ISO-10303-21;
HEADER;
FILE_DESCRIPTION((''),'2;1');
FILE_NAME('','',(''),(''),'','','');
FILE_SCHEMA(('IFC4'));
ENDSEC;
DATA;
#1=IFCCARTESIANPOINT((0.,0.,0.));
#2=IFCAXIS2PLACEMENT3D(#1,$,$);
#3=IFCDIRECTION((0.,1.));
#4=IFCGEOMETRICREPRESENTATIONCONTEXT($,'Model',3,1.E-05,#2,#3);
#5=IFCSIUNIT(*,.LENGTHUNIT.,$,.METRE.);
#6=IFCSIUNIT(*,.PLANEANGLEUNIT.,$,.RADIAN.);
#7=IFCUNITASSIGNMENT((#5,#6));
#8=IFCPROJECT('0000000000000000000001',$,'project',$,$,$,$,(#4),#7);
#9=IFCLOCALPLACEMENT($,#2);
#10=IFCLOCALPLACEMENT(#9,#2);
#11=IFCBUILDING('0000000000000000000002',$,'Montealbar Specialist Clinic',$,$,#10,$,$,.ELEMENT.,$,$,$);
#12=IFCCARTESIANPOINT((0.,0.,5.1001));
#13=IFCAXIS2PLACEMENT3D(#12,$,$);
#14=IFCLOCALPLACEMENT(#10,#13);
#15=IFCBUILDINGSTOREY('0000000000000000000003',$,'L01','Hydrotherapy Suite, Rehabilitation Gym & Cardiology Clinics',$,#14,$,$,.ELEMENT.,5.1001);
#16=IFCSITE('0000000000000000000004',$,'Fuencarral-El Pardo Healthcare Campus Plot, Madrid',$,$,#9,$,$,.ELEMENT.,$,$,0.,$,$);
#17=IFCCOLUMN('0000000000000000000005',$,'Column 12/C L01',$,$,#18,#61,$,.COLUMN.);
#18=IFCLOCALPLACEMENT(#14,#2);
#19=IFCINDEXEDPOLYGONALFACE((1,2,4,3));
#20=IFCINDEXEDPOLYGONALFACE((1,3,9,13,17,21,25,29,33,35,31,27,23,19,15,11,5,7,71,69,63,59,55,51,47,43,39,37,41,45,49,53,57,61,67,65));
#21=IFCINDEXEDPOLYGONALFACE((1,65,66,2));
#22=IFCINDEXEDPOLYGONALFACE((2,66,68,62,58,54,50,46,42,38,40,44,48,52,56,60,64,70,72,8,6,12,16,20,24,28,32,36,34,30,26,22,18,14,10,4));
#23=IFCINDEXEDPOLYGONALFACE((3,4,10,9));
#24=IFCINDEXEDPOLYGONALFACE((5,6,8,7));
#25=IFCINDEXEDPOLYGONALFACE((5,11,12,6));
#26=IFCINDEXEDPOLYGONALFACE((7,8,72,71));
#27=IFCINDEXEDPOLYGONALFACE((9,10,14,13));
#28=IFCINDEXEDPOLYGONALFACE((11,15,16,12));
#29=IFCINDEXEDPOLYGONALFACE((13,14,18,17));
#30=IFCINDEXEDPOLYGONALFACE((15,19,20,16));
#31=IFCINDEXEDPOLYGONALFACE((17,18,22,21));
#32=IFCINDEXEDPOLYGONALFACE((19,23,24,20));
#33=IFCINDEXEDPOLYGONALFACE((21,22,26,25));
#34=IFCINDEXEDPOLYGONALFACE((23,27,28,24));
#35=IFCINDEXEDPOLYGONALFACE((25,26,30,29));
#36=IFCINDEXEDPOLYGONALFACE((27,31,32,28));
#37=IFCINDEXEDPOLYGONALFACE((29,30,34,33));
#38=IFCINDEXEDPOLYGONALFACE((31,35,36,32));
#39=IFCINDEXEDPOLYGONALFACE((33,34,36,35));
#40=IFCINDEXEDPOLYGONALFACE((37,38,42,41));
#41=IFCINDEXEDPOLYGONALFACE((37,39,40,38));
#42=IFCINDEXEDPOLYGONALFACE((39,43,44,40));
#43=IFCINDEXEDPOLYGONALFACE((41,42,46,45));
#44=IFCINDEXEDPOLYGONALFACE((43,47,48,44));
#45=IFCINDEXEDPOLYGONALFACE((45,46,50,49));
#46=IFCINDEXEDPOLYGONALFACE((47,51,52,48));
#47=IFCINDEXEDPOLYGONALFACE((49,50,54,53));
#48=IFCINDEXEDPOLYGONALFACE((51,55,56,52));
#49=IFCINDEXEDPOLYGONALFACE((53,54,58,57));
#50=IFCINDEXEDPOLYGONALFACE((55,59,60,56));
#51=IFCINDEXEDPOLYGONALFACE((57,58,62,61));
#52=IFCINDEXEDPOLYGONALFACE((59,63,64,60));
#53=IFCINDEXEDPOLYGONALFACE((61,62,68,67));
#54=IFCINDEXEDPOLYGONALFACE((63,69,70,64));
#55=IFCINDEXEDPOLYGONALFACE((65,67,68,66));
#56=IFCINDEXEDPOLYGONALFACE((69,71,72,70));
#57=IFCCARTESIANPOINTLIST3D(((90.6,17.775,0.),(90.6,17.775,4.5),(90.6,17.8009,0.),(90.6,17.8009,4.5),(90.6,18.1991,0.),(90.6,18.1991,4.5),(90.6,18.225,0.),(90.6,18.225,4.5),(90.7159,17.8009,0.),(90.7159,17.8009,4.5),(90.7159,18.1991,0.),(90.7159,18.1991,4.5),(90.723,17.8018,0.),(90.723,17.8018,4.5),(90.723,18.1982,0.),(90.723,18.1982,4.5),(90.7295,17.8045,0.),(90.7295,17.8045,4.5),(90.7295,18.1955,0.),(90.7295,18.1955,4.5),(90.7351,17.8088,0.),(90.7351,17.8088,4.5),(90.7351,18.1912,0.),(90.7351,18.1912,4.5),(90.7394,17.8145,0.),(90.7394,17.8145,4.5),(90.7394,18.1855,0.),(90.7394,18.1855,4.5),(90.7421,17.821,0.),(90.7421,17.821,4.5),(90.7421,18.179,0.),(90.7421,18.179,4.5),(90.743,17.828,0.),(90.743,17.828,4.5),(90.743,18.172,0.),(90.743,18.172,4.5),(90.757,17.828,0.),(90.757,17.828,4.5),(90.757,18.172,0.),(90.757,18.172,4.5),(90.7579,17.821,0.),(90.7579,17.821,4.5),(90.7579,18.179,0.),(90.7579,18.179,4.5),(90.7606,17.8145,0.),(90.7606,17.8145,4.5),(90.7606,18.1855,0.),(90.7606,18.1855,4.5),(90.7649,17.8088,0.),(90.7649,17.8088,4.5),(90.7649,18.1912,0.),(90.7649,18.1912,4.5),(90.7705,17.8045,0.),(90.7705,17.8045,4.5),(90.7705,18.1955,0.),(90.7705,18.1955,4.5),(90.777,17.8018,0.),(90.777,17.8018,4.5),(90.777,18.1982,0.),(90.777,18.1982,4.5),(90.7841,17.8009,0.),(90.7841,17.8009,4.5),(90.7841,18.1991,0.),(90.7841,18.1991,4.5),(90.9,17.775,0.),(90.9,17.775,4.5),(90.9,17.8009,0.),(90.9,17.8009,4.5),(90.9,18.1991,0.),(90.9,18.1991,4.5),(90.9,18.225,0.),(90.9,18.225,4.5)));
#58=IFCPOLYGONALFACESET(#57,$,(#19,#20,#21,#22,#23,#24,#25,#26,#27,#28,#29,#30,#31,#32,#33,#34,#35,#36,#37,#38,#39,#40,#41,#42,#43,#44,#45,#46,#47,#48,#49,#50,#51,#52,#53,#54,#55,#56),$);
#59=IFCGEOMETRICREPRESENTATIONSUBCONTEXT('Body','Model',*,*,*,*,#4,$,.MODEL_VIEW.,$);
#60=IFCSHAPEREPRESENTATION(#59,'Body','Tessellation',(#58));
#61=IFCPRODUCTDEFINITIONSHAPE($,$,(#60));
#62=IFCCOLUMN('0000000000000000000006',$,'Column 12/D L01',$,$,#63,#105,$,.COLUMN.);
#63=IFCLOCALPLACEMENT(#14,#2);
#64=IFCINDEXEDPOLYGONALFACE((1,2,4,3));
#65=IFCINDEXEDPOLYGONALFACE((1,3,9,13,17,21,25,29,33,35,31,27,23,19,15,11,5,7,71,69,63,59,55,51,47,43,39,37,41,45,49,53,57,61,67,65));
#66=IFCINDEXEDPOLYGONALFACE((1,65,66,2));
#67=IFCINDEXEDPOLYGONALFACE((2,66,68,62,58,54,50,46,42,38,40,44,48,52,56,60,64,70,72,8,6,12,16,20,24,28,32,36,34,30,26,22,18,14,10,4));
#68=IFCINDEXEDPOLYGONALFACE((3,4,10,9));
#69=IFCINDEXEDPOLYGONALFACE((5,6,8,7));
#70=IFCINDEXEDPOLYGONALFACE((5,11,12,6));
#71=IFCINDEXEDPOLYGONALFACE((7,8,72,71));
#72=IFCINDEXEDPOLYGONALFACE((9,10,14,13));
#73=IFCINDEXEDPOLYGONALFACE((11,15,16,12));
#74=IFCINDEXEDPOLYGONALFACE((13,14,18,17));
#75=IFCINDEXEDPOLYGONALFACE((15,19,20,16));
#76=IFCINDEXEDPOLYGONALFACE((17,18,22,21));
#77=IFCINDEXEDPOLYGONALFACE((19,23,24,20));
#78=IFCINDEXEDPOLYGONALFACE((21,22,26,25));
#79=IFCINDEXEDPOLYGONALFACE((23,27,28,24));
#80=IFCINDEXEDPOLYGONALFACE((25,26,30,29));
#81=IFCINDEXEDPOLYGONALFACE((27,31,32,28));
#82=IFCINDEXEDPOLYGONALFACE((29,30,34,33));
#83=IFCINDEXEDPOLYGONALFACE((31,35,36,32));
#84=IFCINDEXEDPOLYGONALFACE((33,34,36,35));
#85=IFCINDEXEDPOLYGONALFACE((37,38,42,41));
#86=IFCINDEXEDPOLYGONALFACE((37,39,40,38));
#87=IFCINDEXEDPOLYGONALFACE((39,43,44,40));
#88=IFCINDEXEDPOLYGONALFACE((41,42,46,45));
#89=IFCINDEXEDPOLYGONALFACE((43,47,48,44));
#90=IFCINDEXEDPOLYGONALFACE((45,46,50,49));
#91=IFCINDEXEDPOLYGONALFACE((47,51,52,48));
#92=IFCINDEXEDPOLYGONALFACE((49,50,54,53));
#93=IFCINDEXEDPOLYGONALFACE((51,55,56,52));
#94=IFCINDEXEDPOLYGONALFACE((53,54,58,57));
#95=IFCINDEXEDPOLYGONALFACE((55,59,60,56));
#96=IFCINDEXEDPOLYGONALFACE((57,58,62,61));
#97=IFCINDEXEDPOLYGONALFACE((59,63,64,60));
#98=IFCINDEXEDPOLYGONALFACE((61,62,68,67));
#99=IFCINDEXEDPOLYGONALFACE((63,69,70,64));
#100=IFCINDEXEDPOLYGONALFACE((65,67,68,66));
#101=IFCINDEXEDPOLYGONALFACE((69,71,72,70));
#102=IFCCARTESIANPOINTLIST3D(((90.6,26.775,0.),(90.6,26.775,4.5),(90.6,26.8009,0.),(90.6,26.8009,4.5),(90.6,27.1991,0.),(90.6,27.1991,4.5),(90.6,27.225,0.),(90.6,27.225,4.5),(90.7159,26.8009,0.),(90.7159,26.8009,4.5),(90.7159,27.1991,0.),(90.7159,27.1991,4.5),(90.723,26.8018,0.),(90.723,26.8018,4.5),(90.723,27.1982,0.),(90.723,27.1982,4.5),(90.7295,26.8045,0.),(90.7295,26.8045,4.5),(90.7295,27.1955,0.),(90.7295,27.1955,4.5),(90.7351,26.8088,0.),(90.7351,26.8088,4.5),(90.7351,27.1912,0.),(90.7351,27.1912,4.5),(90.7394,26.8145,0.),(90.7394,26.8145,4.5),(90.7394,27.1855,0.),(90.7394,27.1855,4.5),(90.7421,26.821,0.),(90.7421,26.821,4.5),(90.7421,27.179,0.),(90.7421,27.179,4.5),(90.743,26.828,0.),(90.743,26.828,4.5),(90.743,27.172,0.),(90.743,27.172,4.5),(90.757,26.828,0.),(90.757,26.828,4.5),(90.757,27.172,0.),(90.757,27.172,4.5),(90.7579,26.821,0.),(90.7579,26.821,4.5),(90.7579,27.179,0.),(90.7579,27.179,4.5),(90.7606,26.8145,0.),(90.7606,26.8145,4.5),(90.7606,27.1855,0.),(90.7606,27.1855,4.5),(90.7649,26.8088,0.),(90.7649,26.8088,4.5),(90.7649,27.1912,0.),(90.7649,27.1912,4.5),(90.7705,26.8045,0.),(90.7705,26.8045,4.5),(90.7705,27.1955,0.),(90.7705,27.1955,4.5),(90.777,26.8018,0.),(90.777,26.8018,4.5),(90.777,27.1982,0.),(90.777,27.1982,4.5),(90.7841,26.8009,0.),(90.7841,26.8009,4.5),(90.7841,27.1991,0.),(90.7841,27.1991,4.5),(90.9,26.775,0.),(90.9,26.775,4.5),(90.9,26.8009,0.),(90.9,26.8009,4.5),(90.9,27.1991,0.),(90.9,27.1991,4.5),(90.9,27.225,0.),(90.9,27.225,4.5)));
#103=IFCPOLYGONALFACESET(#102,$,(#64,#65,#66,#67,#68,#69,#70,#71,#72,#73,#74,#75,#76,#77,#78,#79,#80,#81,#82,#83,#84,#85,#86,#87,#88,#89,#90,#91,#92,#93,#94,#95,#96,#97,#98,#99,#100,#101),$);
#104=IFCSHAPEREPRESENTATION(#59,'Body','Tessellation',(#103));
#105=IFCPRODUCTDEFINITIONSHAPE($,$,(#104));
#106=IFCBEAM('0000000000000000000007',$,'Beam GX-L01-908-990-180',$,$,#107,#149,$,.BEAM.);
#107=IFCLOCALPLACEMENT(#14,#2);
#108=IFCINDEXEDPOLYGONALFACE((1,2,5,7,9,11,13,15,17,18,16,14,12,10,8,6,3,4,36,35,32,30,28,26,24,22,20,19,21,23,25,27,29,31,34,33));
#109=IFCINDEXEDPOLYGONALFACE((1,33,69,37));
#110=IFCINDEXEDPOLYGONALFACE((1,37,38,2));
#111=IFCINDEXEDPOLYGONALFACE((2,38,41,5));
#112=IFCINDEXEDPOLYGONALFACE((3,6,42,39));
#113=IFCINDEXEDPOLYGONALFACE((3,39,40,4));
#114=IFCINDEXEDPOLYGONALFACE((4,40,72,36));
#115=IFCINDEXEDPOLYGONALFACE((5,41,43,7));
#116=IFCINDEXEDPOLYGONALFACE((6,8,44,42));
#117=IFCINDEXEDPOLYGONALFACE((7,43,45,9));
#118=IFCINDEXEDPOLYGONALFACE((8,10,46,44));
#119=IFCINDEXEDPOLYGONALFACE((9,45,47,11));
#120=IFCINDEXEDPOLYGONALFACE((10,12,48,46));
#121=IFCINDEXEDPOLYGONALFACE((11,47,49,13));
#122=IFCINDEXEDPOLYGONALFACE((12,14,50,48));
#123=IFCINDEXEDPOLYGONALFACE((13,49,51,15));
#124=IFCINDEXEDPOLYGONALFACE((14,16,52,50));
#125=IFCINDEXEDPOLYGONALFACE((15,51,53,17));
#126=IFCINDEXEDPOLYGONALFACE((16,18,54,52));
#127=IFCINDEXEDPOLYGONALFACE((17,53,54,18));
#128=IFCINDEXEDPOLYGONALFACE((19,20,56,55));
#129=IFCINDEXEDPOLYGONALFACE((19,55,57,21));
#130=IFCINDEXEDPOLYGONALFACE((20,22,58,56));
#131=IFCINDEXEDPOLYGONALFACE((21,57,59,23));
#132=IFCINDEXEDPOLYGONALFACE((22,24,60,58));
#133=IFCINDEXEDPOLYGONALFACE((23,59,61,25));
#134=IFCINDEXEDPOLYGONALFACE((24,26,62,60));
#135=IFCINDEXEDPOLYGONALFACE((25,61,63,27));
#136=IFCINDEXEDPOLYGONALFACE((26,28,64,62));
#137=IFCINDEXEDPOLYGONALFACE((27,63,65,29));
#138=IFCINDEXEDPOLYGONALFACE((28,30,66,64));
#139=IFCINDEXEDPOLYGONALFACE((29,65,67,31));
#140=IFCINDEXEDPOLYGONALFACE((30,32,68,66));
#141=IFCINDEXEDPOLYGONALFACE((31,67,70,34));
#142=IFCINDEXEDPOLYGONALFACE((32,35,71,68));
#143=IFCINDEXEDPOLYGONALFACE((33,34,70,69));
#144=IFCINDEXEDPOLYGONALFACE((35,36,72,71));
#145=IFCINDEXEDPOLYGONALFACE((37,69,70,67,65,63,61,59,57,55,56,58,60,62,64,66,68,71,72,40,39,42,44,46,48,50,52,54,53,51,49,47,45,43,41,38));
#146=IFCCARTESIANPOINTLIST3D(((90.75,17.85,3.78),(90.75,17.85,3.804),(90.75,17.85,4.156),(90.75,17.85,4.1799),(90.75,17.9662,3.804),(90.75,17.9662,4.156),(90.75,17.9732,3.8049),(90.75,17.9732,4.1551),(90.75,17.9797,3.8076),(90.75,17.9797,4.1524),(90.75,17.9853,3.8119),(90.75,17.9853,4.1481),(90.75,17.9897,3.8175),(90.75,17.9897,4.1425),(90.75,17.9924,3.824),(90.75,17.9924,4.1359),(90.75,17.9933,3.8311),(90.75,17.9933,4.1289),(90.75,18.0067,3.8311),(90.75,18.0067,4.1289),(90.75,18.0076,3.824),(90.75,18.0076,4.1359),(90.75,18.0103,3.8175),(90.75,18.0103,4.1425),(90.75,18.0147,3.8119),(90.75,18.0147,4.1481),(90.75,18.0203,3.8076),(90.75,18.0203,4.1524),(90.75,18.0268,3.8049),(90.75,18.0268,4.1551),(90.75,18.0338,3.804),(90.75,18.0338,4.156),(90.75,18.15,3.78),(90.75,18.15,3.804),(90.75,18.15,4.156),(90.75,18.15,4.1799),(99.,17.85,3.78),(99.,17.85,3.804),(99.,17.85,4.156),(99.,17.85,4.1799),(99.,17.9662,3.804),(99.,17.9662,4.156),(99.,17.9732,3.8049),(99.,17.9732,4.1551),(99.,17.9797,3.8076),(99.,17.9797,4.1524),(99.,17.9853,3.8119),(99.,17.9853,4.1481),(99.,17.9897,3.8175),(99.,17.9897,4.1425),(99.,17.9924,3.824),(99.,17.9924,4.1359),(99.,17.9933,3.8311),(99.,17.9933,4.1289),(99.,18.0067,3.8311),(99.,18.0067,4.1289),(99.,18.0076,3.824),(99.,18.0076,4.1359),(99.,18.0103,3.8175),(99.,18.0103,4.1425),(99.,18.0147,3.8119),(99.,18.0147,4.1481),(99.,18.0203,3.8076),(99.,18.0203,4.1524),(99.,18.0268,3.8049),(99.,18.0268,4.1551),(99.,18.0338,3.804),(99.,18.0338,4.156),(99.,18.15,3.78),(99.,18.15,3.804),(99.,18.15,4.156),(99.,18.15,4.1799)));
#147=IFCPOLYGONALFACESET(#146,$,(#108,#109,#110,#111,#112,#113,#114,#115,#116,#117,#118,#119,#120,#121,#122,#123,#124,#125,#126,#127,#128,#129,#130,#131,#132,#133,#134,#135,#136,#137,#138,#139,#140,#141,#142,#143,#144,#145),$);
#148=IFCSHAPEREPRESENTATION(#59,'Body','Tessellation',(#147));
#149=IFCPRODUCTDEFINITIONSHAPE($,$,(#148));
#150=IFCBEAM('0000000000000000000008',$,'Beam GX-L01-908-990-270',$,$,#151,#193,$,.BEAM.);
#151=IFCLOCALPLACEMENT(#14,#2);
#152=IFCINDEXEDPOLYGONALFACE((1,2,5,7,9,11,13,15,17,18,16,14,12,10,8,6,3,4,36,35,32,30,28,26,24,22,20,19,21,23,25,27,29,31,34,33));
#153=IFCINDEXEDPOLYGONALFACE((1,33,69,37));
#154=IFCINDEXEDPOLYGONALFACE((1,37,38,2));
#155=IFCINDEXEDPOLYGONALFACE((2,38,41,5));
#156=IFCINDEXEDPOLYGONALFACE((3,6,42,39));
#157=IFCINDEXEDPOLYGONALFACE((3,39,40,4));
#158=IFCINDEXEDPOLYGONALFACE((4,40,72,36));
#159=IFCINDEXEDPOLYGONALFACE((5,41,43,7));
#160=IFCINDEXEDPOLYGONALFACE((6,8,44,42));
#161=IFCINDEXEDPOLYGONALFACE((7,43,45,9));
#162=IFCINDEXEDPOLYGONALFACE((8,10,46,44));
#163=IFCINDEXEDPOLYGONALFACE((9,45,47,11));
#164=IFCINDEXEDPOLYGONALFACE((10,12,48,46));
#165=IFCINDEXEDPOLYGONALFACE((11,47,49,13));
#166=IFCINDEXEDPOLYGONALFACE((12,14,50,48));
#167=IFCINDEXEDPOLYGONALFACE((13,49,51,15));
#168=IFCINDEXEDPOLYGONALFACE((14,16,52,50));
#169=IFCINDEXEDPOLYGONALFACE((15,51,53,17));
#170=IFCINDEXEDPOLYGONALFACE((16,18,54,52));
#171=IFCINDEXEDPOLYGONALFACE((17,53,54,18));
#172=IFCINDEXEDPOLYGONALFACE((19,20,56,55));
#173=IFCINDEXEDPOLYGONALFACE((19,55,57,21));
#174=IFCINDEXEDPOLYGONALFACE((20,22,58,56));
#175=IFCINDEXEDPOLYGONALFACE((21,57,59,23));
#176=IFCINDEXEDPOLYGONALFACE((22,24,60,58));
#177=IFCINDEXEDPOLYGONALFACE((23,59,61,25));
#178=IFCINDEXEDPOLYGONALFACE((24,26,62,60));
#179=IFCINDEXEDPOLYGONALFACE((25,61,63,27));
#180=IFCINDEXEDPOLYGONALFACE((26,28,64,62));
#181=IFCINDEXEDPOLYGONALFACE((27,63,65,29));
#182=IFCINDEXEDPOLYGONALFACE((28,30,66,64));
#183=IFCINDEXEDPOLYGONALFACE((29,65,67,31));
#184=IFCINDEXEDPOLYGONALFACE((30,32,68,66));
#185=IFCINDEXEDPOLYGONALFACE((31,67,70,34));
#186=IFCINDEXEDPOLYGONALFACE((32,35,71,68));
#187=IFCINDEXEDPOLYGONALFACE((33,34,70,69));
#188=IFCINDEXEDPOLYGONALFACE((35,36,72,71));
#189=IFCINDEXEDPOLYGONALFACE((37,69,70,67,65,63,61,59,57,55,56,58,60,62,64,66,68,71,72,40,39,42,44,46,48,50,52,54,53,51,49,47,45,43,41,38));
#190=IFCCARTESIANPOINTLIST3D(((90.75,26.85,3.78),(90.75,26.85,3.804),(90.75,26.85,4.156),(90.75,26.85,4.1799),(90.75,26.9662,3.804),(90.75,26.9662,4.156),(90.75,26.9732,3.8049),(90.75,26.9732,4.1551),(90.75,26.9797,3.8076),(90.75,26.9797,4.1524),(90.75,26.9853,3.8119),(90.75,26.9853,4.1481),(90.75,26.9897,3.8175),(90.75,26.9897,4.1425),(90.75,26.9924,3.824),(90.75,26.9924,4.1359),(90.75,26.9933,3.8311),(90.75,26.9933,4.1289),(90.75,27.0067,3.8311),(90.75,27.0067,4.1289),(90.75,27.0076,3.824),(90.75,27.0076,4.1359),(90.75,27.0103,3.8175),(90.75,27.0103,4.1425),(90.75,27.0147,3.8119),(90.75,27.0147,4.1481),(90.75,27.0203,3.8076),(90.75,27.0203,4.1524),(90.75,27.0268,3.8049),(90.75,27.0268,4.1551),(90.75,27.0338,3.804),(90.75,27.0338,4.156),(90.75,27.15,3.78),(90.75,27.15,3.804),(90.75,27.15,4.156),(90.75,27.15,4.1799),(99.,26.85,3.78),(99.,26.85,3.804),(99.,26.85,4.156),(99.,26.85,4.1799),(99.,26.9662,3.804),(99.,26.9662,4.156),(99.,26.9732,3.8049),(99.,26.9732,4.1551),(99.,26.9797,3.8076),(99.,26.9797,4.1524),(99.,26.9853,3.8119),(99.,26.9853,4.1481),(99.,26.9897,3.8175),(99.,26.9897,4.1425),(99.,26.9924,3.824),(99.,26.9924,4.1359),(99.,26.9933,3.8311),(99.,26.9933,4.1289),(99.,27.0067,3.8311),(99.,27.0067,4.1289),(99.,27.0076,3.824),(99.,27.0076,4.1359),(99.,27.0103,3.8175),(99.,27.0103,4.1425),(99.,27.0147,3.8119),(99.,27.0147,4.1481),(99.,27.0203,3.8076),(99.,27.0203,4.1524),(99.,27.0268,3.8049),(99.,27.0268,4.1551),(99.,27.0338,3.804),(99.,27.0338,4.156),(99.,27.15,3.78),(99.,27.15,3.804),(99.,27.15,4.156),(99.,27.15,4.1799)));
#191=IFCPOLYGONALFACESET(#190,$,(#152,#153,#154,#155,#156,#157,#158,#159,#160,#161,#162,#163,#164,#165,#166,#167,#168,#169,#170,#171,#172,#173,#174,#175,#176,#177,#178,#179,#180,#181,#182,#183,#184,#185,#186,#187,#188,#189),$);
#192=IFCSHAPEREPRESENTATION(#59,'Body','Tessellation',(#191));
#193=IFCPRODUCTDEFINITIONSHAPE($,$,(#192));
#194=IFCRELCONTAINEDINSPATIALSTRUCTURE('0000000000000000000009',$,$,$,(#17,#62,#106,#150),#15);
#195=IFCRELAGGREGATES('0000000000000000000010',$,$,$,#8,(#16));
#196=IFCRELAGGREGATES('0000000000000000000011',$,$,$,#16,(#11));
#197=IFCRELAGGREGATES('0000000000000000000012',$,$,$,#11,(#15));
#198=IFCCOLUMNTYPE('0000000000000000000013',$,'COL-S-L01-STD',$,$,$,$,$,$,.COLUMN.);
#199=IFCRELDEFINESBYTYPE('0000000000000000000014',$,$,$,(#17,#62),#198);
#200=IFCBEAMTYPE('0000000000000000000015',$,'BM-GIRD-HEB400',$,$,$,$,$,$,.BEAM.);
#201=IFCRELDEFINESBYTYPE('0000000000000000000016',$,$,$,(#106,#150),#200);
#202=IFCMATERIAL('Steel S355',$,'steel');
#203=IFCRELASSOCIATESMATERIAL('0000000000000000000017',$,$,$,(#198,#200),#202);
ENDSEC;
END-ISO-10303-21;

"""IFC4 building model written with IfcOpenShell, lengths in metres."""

from ifc_helpers import new_model, si_unit, direction, frame, origin, origin_2d, place, context, subcontext, project, spatial, i_section, extrude, material, material_profile, profile_set, type_object, element, save


model = new_model("IFC4")

# Units and contexts
model_context = context("Model", 3, precision=1e-05, world=origin(), true_north=direction((0.0, 1.0)))
body_context = subcontext(model_context, "Body", "Model", "MODEL_VIEW")
ifc_project = project(units=[si_unit("LENGTHUNIT", "METRE"), si_unit("PLANEANGLEUNIT", "RADIAN")], contexts=[model_context])

# Site, building, storey
site_placement = place(None, origin())
site = spatial("IfcSite", under=ifc_project, at=site_placement, Name="Fuencarral-El Pardo Healthcare Campus Plot, Madrid", CompositionType="ELEMENT", RefElevation=0.0)
building_placement = place(site_placement, origin())
building = spatial("IfcBuilding", under=site, at=building_placement, Name="Montealbar Specialist Clinic", CompositionType="ELEMENT")
storey_placement = place(building_placement, frame((0.0, 0.0, 5.1001)))
storey = spatial("IfcBuildingStorey", under=building, at=storey_placement, Name="L01", Description="Hydrotherapy Suite, Rehabilitation Gym & Cardiology Clinics", CompositionType="ELEMENT", Elevation=5.1001)

# Columns
ifc_material_1 = material(Name="Steel S355", Category="steel")
ifc_material_profile_1 = material_profile(ifc_material_1, i_section(OverallWidth=0.3, OverallDepth=0.45, WebThickness=0.0139, FlangeThickness=0.0259, FilletRadius=0.0271, at=origin_2d()), Name="HEB 450", Category="steel")
ifc_profile_set_1 = profile_set([ifc_material_profile_1], Name="Steel S355")
column_type = type_object("IfcColumnType", Name="COL-S-L01-STD", PredefinedType="COLUMN", material=ifc_profile_set_1)
for number, where, z_axis, x_axis, name in (
    (1, (90.75, 18.0, 0.0), (0.0, 0.0, 1.0), (1.0, 0.0, 0.0), "Column 12/C L01"),
    (2, (90.75, 27.0, 0.0), (0.0, 0.0, 1.0), (1.0, 0.0, 0.0), "Column 12/D L01"),
):
    element("IfcColumn", number, at=place(storey_placement, frame(where, z_axis=z_axis, x_axis=x_axis)), inside=storey, type_object=column_type, Name=name, PredefinedType="COLUMN", context=body_context, shape_type="SweptSolid", body=[
        extrude(i_section(OverallWidth=0.3, OverallDepth=0.45, WebThickness=0.0139, FlangeThickness=0.0259, FilletRadius=0.0271, at=origin_2d()), origin(), (0.0, 0.0, 1.0), 4.5),
    ])

# Beams
ifc_material_profile_2 = material_profile(ifc_material_1, i_section(OverallWidth=0.3, OverallDepth=0.3999, WebThickness=0.0134, FlangeThickness=0.0239, FilletRadius=0.0271, at=origin_2d()), Name="HEB 400", Category="steel")
ifc_profile_set_2 = profile_set([ifc_material_profile_2], Name="Steel S355")
beam_type_1 = type_object("IfcBeamType", Name="BM-GIRD-HEB400", PredefinedType="BEAM", material=ifc_profile_set_2)
for number, where, z_axis, x_axis, name in (
    (3, (90.75, 18.0, 3.98), (1.0, 0.0, 0.0), (0.0, 1.0, 0.0), "Beam GX-L01-908-990-180"),
    (4, (90.75, 27.0, 3.98), (1.0, 0.0, 0.0), (0.0, 1.0, 0.0), "Beam GX-L01-908-990-270"),
):
    element("IfcBeam", number, at=place(storey_placement, frame(where, z_axis=z_axis, x_axis=x_axis)), inside=storey, type_object=beam_type_1, Name=name, PredefinedType="BEAM", context=body_context, shape_type="SweptSolid", body=[
        extrude(i_section(OverallWidth=0.3, OverallDepth=0.3999, WebThickness=0.0134, FlangeThickness=0.0239, FilletRadius=0.0271, at=origin_2d()), origin(), (0.0, 0.0, 1.0), 8.25),
    ])

save(model, "model.ifc")
